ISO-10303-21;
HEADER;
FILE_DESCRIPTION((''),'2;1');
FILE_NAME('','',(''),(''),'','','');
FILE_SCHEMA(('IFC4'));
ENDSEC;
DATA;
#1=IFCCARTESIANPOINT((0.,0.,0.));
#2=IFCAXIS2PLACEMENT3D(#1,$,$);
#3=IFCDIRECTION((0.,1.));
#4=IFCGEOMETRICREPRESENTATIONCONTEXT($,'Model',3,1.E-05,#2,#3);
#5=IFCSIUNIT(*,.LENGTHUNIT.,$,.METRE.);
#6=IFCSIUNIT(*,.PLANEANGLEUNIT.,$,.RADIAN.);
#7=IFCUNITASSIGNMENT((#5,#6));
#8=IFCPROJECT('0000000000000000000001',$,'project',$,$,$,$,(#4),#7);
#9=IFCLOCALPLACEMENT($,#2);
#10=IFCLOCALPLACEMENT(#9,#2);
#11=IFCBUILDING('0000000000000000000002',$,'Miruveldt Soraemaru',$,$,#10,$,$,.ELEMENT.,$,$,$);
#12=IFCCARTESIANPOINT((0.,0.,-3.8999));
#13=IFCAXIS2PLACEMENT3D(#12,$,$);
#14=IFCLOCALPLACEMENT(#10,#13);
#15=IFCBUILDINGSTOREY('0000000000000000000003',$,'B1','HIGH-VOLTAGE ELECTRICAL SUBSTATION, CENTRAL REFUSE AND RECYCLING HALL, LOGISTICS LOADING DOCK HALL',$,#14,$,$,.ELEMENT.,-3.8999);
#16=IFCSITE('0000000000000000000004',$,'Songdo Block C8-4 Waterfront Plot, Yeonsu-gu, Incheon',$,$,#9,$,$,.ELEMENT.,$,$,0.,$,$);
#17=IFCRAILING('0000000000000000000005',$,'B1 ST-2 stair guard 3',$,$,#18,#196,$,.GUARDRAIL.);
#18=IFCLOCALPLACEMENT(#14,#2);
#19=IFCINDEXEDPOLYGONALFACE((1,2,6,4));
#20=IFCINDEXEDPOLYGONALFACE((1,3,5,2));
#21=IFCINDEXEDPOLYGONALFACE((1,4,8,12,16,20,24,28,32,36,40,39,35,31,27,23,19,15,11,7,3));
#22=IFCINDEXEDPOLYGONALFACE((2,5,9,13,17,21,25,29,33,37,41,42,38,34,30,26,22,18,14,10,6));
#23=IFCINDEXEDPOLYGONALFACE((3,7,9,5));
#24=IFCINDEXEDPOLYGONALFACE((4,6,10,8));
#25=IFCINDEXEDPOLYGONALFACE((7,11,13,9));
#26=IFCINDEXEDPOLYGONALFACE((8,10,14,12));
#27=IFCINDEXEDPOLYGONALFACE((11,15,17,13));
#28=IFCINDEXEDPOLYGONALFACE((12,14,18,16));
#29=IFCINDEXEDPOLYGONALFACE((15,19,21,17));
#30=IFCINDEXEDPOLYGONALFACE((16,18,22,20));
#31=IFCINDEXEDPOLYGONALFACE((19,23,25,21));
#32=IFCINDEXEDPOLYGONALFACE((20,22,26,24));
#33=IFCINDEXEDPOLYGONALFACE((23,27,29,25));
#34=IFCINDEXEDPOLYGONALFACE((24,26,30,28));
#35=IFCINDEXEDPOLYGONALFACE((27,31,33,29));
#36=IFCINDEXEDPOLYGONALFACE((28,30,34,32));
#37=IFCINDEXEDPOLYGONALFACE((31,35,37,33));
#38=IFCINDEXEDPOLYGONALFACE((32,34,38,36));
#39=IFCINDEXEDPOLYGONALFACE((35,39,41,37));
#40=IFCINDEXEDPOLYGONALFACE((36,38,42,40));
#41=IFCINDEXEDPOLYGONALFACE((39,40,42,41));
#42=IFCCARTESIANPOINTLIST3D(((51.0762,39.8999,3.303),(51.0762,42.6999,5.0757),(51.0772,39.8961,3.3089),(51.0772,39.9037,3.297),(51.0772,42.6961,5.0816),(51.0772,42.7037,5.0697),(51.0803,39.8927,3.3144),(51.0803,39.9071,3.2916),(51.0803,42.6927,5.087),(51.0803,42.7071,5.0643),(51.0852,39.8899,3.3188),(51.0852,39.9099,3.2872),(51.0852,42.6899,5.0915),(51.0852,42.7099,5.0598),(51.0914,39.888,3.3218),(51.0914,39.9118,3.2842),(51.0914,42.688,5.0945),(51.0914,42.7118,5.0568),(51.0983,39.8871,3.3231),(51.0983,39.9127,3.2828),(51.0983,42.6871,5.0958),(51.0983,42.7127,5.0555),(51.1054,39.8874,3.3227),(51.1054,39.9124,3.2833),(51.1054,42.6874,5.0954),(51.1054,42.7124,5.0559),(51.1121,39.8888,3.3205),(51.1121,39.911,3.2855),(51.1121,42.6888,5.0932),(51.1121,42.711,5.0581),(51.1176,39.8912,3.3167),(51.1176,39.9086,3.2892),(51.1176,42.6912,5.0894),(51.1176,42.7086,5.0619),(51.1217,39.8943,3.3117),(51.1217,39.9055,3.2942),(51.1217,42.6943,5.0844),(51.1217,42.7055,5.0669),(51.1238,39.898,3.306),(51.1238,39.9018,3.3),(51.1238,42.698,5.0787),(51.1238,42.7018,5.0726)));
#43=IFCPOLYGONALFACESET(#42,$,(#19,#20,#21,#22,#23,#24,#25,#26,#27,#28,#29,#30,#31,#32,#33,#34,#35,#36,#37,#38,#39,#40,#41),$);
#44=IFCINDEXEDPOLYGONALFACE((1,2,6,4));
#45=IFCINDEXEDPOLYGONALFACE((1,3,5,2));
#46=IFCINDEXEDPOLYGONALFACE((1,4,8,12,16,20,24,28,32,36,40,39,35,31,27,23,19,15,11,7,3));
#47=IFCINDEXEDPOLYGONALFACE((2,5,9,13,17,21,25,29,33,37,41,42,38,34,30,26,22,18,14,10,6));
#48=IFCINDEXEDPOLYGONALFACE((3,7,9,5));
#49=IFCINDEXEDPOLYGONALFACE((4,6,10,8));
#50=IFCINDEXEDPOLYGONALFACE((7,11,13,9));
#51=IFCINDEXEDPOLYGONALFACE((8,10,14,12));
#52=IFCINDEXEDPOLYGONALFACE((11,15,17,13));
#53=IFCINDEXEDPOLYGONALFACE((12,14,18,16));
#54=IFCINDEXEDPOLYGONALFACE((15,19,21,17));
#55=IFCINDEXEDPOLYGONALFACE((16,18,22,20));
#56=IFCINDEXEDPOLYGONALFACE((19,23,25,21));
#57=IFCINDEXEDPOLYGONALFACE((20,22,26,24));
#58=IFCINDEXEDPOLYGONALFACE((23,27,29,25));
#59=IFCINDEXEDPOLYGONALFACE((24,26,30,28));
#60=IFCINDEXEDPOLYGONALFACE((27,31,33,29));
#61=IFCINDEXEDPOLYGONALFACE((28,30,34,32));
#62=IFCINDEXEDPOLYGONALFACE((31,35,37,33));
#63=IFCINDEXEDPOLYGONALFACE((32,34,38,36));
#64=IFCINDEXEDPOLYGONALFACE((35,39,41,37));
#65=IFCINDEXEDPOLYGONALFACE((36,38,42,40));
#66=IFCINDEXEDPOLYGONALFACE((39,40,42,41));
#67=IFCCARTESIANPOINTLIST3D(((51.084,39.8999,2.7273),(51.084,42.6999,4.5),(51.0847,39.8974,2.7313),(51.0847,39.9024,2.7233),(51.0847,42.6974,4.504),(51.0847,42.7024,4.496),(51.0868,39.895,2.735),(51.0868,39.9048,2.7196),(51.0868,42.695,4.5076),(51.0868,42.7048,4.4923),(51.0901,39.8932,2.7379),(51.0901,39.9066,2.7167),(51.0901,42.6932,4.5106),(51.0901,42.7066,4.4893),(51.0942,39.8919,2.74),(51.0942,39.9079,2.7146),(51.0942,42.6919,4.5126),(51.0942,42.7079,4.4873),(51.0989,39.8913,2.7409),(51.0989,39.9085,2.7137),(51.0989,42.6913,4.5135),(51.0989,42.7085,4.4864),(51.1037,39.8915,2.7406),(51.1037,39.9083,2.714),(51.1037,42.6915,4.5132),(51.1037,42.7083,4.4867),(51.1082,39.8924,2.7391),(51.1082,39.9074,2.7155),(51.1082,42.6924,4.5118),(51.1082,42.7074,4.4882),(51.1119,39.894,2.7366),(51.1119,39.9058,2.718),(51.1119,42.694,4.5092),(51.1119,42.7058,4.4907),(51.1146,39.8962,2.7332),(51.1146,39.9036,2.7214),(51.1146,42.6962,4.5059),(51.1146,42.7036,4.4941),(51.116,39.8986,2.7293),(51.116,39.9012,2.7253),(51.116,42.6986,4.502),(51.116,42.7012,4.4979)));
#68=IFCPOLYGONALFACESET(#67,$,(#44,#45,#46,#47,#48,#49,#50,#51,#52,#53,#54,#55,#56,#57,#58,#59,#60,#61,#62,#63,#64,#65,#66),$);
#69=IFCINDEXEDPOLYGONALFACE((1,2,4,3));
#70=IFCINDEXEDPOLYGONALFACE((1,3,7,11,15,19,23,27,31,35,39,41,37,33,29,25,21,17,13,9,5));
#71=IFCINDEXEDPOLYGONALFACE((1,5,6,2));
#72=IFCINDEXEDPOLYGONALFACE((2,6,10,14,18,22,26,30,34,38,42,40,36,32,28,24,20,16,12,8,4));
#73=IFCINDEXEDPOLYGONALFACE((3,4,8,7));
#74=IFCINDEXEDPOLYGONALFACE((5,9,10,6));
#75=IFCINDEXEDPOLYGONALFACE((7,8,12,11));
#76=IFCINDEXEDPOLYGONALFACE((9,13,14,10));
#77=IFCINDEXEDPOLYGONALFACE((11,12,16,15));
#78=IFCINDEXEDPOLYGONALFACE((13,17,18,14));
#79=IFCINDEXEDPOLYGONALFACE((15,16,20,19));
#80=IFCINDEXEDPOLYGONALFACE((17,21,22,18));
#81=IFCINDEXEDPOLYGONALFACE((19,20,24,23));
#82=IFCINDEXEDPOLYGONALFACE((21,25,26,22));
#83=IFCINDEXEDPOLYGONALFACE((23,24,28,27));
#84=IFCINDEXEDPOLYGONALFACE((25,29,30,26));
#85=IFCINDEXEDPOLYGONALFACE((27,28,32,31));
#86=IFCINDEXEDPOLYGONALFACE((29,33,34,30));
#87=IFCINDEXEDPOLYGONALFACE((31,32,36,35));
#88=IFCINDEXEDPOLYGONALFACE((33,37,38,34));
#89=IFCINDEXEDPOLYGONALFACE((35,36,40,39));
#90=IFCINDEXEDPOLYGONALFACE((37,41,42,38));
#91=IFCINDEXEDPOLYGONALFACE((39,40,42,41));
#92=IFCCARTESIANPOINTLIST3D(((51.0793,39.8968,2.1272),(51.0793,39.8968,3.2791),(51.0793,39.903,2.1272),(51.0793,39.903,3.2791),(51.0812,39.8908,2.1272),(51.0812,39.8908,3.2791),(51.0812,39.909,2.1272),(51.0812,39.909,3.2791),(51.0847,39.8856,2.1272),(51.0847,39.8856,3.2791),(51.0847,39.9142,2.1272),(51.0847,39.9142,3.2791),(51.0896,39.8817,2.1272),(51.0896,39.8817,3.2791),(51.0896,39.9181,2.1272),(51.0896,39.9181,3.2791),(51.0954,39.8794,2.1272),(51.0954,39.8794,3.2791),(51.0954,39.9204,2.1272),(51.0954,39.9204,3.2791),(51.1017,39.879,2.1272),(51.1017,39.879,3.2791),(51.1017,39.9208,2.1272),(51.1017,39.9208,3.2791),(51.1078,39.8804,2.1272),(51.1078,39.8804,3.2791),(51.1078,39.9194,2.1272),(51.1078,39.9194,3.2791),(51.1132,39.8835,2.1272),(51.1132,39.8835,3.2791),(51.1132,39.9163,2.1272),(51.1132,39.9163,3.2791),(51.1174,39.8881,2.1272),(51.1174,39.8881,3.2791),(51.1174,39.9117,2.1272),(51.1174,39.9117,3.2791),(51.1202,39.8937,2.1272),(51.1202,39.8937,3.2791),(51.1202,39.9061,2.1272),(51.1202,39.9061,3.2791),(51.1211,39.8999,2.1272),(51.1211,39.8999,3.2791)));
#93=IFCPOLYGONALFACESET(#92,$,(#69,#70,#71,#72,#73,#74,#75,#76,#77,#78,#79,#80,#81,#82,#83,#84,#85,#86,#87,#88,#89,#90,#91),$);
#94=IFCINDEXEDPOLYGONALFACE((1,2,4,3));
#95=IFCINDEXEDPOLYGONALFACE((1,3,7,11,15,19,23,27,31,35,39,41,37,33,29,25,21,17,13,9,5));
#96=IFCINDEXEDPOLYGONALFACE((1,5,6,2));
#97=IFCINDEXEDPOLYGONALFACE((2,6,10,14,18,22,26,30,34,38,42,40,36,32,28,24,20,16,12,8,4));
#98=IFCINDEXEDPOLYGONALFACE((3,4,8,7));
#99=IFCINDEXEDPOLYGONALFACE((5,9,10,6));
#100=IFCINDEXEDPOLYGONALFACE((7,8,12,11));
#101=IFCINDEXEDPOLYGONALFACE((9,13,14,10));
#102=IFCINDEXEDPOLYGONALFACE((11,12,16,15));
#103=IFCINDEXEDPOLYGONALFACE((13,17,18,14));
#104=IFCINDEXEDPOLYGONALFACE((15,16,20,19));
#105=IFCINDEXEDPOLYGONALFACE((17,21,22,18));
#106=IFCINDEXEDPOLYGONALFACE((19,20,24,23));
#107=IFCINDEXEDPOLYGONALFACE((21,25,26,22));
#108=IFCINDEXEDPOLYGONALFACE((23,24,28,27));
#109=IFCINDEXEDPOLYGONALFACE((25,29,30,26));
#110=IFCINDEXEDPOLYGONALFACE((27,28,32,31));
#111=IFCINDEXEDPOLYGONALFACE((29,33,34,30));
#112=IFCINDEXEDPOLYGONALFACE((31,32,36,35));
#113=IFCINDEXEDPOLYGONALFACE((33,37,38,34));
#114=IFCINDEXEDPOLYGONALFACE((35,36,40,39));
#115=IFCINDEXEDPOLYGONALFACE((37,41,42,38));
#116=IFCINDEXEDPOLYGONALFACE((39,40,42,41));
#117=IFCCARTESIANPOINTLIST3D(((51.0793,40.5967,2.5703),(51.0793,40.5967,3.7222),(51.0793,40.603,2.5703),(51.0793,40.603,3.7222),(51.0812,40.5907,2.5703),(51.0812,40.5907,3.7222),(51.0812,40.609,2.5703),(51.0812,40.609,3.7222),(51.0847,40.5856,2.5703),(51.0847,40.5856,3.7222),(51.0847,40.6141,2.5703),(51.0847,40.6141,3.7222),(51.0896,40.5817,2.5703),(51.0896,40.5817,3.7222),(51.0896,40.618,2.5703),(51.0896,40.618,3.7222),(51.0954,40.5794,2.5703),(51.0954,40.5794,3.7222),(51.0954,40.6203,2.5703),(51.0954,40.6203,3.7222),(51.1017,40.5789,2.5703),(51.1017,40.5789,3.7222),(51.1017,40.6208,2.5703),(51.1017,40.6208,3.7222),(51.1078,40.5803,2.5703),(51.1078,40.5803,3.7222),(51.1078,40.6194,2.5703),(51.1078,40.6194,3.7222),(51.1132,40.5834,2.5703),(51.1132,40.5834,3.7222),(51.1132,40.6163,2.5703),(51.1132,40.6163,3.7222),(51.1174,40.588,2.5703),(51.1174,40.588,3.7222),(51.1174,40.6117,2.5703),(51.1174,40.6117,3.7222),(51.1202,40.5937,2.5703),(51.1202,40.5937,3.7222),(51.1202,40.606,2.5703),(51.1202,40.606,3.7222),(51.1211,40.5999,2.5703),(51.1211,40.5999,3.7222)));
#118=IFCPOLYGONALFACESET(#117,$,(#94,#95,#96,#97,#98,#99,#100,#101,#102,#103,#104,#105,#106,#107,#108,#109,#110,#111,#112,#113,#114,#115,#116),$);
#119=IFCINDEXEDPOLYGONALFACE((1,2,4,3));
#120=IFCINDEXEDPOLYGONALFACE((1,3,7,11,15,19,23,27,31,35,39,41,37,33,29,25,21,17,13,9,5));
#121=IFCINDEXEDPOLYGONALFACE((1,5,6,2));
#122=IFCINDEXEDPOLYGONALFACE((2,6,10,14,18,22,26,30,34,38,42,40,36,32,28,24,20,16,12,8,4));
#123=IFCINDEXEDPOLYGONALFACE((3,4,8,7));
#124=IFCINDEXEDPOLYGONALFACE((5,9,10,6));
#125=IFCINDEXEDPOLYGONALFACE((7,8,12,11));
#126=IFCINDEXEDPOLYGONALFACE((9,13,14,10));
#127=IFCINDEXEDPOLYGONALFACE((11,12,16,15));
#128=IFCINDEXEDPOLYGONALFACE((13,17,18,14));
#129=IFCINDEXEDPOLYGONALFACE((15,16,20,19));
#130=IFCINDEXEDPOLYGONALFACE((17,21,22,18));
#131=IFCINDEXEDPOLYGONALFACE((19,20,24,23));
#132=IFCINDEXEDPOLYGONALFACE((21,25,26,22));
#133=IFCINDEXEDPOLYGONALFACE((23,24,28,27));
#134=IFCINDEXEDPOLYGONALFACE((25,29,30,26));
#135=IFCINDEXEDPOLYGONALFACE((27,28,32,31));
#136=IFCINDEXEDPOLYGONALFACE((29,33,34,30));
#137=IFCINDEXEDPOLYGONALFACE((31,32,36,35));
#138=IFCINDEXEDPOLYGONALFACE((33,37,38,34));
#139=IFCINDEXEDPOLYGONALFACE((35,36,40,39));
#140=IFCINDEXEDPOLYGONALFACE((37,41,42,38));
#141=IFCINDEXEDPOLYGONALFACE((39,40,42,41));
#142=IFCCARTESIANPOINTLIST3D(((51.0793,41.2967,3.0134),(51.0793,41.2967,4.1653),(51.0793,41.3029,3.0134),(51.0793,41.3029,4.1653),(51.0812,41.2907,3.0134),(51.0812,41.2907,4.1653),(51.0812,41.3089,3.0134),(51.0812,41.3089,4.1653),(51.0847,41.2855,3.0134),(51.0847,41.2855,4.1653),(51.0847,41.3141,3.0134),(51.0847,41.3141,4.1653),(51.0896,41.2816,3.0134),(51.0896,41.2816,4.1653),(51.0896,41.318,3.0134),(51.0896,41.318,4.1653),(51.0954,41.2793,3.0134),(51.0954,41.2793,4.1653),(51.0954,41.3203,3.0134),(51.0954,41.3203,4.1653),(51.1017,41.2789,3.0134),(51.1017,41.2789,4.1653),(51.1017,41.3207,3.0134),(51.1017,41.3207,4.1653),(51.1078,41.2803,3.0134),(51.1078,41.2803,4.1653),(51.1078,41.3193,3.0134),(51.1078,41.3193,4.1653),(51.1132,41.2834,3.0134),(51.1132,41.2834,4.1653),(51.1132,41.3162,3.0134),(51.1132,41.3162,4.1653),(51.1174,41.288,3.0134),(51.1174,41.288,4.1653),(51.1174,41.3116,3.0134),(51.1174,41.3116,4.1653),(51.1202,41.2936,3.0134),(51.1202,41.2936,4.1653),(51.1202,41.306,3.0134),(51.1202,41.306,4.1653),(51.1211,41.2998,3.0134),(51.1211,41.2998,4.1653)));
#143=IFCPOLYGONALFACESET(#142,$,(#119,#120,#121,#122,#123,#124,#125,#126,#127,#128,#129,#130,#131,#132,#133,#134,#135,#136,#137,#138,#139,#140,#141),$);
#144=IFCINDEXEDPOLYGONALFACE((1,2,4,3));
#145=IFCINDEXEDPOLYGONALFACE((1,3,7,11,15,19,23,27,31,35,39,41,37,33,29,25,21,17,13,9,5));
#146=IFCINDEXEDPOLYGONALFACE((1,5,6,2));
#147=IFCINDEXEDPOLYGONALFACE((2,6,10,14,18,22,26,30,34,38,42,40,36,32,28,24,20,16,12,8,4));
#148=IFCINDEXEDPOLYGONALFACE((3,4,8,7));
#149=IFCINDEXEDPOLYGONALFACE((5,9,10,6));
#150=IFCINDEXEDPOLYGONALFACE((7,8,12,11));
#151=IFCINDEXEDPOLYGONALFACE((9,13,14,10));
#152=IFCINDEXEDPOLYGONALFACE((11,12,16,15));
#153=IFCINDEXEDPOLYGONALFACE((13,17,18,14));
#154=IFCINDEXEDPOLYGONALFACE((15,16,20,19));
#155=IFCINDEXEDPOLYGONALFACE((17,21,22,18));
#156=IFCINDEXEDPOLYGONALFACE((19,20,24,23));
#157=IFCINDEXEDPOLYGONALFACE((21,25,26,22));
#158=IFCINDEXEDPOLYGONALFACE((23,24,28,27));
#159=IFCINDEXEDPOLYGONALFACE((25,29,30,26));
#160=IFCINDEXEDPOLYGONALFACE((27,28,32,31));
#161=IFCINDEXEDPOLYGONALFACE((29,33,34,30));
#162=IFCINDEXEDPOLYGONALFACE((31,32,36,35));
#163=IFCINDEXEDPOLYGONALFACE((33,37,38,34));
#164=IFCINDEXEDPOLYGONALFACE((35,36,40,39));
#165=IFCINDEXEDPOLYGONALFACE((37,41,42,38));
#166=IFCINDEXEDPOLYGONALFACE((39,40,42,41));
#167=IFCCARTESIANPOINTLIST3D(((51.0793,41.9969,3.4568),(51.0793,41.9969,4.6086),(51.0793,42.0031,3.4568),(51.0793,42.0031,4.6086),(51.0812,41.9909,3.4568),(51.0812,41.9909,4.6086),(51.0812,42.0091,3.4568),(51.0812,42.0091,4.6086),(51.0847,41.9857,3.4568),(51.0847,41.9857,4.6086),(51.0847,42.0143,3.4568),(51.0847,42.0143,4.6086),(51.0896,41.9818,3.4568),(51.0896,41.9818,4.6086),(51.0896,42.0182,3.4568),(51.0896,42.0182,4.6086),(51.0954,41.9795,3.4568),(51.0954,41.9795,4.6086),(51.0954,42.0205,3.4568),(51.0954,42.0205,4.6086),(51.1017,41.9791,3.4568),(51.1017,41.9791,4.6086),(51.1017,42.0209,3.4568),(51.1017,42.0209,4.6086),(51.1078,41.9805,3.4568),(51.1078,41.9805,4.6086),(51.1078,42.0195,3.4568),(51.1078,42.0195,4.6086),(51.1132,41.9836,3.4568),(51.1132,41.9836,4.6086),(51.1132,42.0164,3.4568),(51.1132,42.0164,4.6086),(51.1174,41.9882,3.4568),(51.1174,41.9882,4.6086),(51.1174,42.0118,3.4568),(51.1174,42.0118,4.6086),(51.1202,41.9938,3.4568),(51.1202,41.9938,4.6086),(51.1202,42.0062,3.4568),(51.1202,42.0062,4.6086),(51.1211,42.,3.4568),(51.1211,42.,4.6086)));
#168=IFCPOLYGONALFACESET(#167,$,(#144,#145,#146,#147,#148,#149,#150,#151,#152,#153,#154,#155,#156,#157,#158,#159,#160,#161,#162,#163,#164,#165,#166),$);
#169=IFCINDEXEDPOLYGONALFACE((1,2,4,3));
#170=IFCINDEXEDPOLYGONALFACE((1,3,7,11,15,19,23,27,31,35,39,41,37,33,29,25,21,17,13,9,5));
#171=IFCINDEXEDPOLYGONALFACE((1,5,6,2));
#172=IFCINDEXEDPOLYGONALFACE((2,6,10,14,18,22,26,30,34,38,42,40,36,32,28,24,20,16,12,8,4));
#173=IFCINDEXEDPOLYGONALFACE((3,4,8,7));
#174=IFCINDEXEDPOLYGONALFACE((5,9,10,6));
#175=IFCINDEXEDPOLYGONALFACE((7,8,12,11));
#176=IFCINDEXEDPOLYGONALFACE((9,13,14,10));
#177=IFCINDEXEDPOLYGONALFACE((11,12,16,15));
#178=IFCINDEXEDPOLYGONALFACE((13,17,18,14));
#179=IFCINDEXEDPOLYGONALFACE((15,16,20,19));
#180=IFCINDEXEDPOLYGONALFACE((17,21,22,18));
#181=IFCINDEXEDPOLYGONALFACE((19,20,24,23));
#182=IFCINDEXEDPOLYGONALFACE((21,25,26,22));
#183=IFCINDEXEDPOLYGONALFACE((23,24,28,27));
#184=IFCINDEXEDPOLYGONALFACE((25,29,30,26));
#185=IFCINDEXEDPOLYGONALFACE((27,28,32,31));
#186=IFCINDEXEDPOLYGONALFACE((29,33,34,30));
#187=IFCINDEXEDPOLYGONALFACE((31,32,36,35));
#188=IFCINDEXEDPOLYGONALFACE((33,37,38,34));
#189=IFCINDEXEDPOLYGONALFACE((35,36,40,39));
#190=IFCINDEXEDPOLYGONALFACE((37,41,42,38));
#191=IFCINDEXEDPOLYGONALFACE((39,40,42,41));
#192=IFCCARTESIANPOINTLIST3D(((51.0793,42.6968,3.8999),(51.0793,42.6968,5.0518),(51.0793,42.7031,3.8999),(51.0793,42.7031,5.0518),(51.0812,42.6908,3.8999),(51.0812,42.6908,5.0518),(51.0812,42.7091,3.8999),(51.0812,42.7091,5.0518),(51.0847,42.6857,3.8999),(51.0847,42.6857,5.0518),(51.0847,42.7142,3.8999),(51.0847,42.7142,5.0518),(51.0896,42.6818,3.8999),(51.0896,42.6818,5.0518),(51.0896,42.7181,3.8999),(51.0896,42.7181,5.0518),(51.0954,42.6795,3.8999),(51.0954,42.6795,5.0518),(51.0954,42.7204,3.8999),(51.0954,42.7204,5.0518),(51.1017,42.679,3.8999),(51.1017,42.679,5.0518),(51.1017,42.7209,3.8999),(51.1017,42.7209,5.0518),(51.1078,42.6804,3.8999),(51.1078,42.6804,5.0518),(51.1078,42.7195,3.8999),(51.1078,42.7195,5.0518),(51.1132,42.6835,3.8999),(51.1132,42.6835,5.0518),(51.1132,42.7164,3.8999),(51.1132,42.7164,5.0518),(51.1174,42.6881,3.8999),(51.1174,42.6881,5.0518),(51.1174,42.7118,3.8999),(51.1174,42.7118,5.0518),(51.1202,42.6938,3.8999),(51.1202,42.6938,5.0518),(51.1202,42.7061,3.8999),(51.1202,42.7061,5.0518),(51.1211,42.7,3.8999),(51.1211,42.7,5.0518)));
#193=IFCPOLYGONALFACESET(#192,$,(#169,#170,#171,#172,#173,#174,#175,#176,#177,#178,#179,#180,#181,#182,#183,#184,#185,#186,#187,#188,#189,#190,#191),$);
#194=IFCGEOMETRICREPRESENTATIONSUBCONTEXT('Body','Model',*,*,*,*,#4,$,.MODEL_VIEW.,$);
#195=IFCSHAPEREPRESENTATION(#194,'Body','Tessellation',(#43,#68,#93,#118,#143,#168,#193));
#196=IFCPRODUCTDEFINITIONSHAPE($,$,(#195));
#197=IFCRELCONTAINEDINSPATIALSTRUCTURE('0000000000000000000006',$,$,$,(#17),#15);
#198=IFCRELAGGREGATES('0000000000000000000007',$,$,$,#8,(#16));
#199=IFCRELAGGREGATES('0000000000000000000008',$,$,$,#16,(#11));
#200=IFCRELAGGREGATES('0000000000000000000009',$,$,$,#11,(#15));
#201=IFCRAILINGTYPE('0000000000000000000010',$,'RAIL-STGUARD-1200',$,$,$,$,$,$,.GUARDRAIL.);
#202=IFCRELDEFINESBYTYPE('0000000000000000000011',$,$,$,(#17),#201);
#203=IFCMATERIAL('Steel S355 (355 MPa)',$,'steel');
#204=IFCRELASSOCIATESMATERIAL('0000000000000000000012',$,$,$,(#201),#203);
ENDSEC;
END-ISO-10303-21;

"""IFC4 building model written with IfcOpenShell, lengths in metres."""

from ifc_helpers import new_model, si_unit, direction, frame, origin, origin_2d, place, context, subcontext, project, spatial, circle, extrude, material, type_object, element, save


model = new_model("IFC4")

# Units and contexts
model_context = context("Model", 3, precision=1e-05, world=origin(), true_north=direction((0.0, 1.0)))
body_context = subcontext(model_context, "Body", "Model", "MODEL_VIEW")
ifc_project = project(units=[si_unit("LENGTHUNIT", "METRE"), si_unit("PLANEANGLEUNIT", "RADIAN")], contexts=[model_context])

# Site, building, storey
site_placement = place(None, origin())
site = spatial("IfcSite", under=ifc_project, at=site_placement, Name="Songdo Block C8-4 Waterfront Plot, Yeonsu-gu, Incheon", CompositionType="ELEMENT", RefElevation=0.0)
building_placement = place(site_placement, origin())
building = spatial("IfcBuilding", under=site, at=building_placement, Name="Miruveldt Soraemaru", CompositionType="ELEMENT")
storey_placement = place(building_placement, frame((0.0, 0.0, -3.8999)))
storey = spatial("IfcBuildingStorey", under=building, at=storey_placement, Name="B1", Description="HIGH-VOLTAGE ELECTRICAL SUBSTATION, CENTRAL REFUSE AND RECYCLING HALL, LOGISTICS LOADING DOCK HALL", CompositionType="ELEMENT", Elevation=-3.8999)

# Railing
ifc_material_1 = material(Name="Steel S355 (355 MPa)", Category="steel")
railing_type = type_object("IfcRailingType", Name="RAIL-STGUARD-1200", PredefinedType="GUARDRAIL", material=ifc_material_1)
railing_1_placement = place(storey_placement, frame((51.1001, 39.8999, 2.1272)))
element("IfcRailing", 1, at=railing_1_placement, inside=storey, type_object=railing_type, Name="B1 ST-2 stair guard 3", PredefinedType="GUARDRAIL", context=body_context, shape_type="SweptSolid", body=[
    extrude(circle(Radius=0.0239, at=origin_2d()), frame((0.0, 0.0, 1.1758), z_axis=(0.0, 0.844909, 0.53491), x_axis=(-1.0, 0.0, 0.0)), (0.0, 0.0, 1.0), 3.314),
    extrude(circle(Radius=0.0161, at=origin_2d()), frame((0.0, 0.0, 0.6001), z_axis=(0.0, 0.844909, 0.53491), x_axis=(-1.0, 0.0, 0.0)), (0.0, 0.0, 1.0), 3.314),
    extrude(circle(Radius=0.021, at=origin_2d()), origin(), (0.0, 0.0, 1.0), 1.1519),
    extrude(circle(Radius=0.021, at=origin_2d()), frame((0.0, 0.7, 0.4431)), (0.0, 0.0, 1.0), 1.1519),
    extrude(circle(Radius=0.021, at=origin_2d()), frame((0.0, 1.3999, 0.8862)), (0.0, 0.0, 1.0), 1.1519),
    extrude(circle(Radius=0.021, at=origin_2d()), frame((0.0, 2.1001, 1.3296)), (0.0, 0.0, 1.0), 1.1519),
    extrude(circle(Radius=0.021, at=origin_2d()), frame((0.0, 2.8, 1.7727)), (0.0, 0.0, 1.0), 1.1519),
])

save(model, "model.ifc")
